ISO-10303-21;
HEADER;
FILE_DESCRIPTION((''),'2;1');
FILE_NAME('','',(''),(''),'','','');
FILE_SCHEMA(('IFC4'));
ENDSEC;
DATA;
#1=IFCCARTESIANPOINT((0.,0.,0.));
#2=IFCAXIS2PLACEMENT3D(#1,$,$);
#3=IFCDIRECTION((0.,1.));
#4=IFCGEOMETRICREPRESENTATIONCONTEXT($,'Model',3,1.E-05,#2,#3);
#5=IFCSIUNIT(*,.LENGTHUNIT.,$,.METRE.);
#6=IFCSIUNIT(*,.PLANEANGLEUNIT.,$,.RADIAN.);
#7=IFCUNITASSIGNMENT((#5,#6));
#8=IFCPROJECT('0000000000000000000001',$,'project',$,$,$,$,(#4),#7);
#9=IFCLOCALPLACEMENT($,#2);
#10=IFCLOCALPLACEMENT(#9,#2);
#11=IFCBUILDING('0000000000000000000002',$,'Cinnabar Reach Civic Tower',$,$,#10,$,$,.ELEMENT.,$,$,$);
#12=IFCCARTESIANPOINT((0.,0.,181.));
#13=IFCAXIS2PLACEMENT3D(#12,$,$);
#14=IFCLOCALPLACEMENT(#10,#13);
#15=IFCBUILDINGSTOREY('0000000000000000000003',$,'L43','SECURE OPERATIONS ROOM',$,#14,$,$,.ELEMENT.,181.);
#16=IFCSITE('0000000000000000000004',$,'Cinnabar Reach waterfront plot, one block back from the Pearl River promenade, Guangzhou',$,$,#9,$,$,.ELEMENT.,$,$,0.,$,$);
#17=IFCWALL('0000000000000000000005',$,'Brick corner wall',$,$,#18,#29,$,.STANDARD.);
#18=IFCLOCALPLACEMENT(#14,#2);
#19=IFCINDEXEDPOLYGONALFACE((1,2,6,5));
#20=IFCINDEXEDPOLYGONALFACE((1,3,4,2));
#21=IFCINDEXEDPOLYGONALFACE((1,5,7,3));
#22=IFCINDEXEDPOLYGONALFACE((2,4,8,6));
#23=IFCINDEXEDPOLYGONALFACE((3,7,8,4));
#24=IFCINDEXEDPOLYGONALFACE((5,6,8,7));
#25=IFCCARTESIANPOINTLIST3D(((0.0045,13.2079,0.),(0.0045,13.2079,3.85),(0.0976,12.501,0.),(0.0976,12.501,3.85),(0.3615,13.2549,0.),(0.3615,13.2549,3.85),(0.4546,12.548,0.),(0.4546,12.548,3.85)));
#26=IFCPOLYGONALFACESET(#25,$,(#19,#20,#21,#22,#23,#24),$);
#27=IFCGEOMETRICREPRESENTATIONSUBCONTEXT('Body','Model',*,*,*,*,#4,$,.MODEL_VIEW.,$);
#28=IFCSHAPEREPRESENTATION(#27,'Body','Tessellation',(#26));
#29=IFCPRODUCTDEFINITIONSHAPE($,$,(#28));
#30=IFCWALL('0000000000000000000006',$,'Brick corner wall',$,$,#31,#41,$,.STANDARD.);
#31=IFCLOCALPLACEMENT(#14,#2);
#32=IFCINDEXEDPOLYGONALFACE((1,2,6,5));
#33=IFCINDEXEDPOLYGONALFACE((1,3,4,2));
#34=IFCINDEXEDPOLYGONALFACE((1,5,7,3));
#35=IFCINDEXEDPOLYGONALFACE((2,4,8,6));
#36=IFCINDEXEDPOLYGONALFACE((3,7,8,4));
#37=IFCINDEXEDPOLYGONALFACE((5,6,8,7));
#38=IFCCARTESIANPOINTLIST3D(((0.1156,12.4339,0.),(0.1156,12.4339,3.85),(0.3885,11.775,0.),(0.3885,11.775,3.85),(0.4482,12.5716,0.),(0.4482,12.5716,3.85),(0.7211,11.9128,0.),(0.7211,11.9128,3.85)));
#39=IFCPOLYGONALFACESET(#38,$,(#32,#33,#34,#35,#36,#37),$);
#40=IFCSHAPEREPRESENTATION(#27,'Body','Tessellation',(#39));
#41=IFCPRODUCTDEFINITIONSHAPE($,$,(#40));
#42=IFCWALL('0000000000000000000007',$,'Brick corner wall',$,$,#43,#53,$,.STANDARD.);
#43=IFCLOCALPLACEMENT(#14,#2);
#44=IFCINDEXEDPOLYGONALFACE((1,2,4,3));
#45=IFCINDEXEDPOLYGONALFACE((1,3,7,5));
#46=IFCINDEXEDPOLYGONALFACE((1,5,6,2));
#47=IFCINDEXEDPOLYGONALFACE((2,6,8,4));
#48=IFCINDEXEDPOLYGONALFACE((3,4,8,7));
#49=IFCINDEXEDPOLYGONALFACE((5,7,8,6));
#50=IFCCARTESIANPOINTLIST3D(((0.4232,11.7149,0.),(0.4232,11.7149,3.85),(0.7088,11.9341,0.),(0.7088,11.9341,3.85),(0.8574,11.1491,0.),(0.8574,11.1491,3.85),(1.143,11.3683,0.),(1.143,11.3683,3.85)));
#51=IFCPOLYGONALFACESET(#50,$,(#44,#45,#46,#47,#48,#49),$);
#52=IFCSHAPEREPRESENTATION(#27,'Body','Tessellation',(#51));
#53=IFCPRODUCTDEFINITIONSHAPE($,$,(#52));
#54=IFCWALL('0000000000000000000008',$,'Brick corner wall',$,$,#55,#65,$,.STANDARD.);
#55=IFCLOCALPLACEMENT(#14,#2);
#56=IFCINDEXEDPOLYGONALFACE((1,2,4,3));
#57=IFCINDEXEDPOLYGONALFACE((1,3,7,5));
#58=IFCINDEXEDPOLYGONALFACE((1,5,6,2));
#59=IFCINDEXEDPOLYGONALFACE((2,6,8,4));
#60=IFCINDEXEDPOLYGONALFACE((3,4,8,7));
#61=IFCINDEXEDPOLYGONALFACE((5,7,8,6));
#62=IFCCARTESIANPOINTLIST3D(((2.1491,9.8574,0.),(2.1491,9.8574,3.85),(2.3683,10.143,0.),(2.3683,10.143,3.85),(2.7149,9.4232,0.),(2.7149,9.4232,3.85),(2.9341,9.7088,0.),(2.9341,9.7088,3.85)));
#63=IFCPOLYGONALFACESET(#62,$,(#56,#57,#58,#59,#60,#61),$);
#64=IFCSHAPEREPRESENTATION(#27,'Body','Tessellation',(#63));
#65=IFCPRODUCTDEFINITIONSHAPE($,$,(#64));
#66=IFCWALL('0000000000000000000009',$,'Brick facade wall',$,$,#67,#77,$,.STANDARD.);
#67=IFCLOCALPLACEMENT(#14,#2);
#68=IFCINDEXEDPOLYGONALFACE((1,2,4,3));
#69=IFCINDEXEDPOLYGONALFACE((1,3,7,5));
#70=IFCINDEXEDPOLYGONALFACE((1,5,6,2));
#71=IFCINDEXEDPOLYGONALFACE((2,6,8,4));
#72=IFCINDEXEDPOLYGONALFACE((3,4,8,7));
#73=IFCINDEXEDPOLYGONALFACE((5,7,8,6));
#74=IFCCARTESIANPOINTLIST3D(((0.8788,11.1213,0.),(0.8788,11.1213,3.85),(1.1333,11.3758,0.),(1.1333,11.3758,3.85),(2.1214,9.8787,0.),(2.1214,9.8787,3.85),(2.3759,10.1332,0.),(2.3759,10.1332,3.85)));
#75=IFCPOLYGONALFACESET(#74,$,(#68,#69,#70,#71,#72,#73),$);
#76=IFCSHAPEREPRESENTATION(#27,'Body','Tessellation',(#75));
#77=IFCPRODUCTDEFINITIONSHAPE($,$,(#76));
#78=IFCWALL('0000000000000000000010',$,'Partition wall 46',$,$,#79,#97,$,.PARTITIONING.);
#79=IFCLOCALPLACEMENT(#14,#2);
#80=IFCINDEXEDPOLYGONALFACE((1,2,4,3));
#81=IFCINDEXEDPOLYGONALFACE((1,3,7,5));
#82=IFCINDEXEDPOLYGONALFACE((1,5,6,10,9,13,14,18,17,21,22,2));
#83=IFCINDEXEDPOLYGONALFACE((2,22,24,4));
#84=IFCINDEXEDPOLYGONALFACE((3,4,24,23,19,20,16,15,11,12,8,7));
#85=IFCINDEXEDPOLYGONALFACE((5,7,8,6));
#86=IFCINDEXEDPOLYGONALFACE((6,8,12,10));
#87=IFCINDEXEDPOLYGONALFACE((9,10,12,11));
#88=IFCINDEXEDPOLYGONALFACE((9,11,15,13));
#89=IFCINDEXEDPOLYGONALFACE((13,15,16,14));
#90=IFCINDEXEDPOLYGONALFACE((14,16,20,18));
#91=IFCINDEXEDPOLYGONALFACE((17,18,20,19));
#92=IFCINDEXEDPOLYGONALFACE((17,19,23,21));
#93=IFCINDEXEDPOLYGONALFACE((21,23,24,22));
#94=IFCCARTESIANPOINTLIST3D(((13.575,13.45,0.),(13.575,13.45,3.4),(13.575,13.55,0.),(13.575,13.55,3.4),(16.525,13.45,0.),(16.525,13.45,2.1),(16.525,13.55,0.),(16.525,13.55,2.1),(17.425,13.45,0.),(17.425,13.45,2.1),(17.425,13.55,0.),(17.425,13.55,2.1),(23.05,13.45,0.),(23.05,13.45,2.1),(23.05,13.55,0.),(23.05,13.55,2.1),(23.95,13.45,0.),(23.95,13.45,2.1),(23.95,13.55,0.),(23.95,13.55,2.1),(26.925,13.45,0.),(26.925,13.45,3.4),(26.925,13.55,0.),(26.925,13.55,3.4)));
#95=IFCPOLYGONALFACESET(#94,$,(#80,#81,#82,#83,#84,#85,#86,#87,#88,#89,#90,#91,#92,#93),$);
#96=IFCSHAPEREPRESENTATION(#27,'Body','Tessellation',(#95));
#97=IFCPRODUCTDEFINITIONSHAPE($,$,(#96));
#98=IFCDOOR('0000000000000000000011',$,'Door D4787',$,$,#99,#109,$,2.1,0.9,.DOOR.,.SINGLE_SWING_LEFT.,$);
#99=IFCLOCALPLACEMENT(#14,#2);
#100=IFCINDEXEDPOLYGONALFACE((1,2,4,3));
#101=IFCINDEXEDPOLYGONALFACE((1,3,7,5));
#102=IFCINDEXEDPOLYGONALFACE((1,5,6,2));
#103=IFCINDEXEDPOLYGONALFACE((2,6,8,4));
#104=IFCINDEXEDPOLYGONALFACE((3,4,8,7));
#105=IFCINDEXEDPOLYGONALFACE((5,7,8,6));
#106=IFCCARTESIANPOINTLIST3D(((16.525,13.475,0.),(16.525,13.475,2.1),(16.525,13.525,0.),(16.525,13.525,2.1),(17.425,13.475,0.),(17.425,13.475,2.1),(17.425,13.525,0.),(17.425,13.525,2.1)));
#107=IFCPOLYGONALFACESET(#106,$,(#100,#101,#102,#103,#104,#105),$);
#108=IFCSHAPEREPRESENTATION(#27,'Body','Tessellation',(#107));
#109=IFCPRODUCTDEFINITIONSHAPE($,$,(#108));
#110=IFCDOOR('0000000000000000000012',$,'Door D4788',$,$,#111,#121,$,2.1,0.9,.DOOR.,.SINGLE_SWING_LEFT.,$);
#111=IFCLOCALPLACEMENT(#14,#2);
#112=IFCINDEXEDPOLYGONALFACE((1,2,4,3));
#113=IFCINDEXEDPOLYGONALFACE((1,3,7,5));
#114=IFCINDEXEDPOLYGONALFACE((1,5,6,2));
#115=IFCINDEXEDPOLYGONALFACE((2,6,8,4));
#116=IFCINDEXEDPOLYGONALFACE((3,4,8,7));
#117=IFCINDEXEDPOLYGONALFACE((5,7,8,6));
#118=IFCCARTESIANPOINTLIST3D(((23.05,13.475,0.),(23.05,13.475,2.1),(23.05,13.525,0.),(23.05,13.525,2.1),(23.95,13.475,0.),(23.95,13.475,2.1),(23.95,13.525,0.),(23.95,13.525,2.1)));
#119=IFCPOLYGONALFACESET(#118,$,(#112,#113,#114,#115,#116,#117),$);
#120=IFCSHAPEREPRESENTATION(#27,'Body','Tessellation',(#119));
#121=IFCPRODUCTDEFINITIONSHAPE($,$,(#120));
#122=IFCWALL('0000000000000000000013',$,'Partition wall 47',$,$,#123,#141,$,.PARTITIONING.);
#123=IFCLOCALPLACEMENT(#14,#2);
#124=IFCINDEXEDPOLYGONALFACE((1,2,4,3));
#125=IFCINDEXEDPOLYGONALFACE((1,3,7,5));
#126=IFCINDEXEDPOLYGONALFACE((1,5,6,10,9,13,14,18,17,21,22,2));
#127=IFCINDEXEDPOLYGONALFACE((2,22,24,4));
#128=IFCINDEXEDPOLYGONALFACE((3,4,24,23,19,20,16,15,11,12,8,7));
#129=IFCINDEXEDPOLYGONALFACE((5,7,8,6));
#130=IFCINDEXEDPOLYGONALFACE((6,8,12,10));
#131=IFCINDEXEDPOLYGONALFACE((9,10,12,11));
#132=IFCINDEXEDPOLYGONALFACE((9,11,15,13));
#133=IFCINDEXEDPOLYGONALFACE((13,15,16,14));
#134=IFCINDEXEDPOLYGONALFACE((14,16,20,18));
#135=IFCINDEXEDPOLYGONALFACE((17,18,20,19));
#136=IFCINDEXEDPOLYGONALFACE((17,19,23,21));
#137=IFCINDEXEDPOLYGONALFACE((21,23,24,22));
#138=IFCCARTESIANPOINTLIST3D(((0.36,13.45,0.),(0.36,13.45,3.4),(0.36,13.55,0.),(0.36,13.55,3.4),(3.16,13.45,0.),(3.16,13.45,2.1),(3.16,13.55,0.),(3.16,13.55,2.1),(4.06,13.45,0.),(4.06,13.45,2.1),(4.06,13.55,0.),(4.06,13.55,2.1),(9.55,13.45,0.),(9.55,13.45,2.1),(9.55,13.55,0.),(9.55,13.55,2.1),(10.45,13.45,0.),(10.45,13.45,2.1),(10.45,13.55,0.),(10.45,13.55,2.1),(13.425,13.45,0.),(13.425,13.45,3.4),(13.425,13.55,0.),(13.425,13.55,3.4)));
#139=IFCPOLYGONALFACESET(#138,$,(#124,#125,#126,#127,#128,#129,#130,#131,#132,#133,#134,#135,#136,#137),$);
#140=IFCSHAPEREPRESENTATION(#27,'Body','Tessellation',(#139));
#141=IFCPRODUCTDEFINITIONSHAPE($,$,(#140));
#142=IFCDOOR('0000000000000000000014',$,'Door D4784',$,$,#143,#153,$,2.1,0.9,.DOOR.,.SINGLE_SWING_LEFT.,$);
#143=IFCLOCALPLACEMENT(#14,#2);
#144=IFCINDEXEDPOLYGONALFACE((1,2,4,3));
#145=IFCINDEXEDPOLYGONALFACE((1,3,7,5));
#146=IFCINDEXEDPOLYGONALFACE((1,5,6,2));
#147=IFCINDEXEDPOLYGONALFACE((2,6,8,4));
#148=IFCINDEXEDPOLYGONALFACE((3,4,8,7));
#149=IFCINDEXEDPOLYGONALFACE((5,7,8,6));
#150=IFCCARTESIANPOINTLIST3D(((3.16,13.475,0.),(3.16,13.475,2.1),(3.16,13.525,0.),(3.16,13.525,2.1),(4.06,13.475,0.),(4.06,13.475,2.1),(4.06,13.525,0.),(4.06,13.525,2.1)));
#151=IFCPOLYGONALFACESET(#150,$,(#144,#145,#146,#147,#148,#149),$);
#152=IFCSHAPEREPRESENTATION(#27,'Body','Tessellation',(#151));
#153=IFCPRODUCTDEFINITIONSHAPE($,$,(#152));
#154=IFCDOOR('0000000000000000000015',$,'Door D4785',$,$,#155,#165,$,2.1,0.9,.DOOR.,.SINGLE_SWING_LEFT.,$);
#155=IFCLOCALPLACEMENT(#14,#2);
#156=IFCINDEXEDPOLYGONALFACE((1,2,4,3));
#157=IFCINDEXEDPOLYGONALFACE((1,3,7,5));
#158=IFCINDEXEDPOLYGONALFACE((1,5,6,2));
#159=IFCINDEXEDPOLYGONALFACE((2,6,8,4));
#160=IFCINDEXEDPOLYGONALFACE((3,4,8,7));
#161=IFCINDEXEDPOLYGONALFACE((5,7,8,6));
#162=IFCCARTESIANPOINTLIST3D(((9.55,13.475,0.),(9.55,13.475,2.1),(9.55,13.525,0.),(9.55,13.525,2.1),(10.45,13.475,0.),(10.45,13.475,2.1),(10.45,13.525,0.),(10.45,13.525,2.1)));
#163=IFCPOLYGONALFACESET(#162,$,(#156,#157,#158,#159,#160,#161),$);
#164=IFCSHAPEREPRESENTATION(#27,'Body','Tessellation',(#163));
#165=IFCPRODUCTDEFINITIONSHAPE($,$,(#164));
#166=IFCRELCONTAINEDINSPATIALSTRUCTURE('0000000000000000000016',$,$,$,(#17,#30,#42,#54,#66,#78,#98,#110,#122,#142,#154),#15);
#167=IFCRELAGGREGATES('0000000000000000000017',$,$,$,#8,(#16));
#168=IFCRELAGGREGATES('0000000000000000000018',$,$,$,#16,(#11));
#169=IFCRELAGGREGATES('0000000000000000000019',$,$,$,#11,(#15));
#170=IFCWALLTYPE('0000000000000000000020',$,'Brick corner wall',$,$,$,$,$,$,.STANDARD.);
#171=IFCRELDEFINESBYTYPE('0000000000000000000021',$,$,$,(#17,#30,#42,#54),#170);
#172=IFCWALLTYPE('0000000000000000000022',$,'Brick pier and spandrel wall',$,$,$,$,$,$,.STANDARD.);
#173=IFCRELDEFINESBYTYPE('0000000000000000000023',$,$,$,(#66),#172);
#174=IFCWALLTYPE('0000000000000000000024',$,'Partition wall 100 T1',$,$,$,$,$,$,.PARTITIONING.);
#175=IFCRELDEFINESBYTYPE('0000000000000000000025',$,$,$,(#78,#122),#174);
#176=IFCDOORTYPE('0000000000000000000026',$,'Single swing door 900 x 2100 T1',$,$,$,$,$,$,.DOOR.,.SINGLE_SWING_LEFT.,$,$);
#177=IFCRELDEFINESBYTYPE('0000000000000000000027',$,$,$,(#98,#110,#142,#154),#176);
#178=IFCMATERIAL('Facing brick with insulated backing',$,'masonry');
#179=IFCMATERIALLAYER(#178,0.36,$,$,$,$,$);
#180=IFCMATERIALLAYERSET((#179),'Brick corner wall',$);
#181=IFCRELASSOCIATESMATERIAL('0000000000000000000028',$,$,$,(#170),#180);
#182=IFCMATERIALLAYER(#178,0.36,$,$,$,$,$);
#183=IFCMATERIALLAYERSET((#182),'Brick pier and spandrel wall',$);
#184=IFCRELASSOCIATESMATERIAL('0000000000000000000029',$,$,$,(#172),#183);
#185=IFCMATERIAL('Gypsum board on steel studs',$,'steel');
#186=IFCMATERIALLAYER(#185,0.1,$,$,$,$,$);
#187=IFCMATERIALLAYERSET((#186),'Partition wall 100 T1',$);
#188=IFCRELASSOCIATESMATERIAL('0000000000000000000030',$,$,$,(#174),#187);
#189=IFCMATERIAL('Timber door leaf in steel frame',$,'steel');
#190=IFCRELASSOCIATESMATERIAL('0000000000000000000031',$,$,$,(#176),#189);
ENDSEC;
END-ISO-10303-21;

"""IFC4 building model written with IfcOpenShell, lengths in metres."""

from ifc_helpers import new_model, si_unit, direction, frame, frame_2d, origin, place, context, subcontext, project, spatial, rectangle, extrude, material, layer, layer_set, type_object, element, fill, save


model = new_model("IFC4")

# Units and contexts
model_context = context("Model", 3, precision=1e-05, world=origin(), true_north=direction((0.0, 1.0)))
body_context = subcontext(model_context, "Body", "Model", "MODEL_VIEW")
ifc_project = project(units=[si_unit("LENGTHUNIT", "METRE"), si_unit("PLANEANGLEUNIT", "RADIAN")], contexts=[model_context])

# Site, building, storey
site_placement = place(None, origin())
site = spatial("IfcSite", under=ifc_project, at=site_placement, Name="Cinnabar Reach waterfront plot, one block back from the Pearl River promenade, Guangzhou", CompositionType="ELEMENT", RefElevation=0.0)
building_placement = place(site_placement, origin())
building = spatial("IfcBuilding", under=site, at=building_placement, Name="Cinnabar Reach Civic Tower", CompositionType="ELEMENT")
storey_placement = place(building_placement, frame((0.0, 0.0, 181.0)))
storey = spatial("IfcBuildingStorey", under=building, at=storey_placement, Name="L43", Description="SECURE OPERATIONS ROOM", CompositionType="ELEMENT", Elevation=181.0)

# Walls
ifc_material_1 = material(Name="Facing brick with insulated backing", Category="masonry")
ifc_layer_1 = layer(ifc_material_1, 0.36)
ifc_layer_set_1 = layer_set([ifc_layer_1], Name="Brick corner wall")
wall_type_1 = type_object("IfcWallType", Name="Brick corner wall", PredefinedType="STANDARD", material=ifc_layer_set_1)
for number, where, z_axis, x_axis, name in (
    (1, (0.183, 13.2314, 0.0), (0.0, 0.0, 1.0), (0.130556, -0.991441, 0.0), "Brick corner wall"),
    (2, (0.2819, 12.5027, 0.0), (0.0, 0.0, 1.0), (0.382703, -0.923872, 0.0), "Brick corner wall"),
):
    element("IfcWall", number, at=place(storey_placement, frame(where, z_axis=z_axis, x_axis=x_axis)), inside=storey, type_object=wall_type_1, Name=name, PredefinedType="STANDARD", context=body_context, shape_type="SweptSolid", body=[
        extrude(rectangle(XDim=0.7131, YDim=0.36, at=frame_2d((0.3565, 0.0))), origin(), (0.0, 0.0, 1.0), 3.85),
    ])
for number, where, z_axis, x_axis, name in (
    (3, (0.566, 11.8245, 0.0), (0.0, 0.0, 1.0), (0.608802, -0.793322, 0.0), "Brick corner wall"),
    (4, (2.2587, 10.0002, 0.0), (0.0, 0.0, 1.0), (0.793322, -0.608802, 0.0), "Brick corner wall"),
):
    element("IfcWall", number, at=place(storey_placement, frame(where, z_axis=z_axis, x_axis=x_axis)), inside=storey, type_object=wall_type_1, Name=name, PredefinedType="STANDARD", context=body_context, shape_type="SweptSolid", body=[
        extrude(rectangle(XDim=0.7132, YDim=0.36, at=frame_2d((0.3566, 0.0))), origin(), (0.0, 0.0, 1.0), 3.85),
    ])
ifc_layer_2 = layer(ifc_material_1, 0.36)
ifc_layer_set_2 = layer_set([ifc_layer_2], Name="Brick pier and spandrel wall")
wall_type_2 = type_object("IfcWallType", Name="Brick pier and spandrel wall", PredefinedType="STANDARD", material=ifc_layer_set_2)
wall_1_placement = place(storey_placement, frame((1.006, 11.2486, 0.0), z_axis=(0.0, 0.0, 1.0), x_axis=(0.707107, -0.707107, 0.0)))
element("IfcWall", 5, at=wall_1_placement, inside=storey, type_object=wall_type_2, Name="Brick facade wall", PredefinedType="STANDARD", context=body_context, shape_type="SweptSolid", body=[
    extrude(rectangle(XDim=1.7573, YDim=0.36, at=frame_2d((0.8787, 0.0))), origin(), (0.0, 0.0, 1.0), 3.85),
])

# Walls, openings, doors
ifc_material_2 = material(Name="Gypsum board on steel studs", Category="steel")
ifc_layer_3 = layer(ifc_material_2, 0.1)
ifc_layer_set_3 = layer_set([ifc_layer_3], Name="Partition wall 100 T1")
wall_type_3 = type_object("IfcWallType", Name="Partition wall 100 T1", PredefinedType="PARTITIONING", material=ifc_layer_set_3)
wall_2_placement = place(storey_placement, frame((13.575, 13.5, 0.0), z_axis=(0.0, 0.0, 1.0), x_axis=(1.0, 0.0, 0.0)))
wall_2 = element("IfcWall", 6, at=wall_2_placement, inside=storey, type_object=wall_type_3, Name="Partition wall 46", PredefinedType="PARTITIONING", context=body_context, shape_type="SweptSolid", body=[
    extrude(rectangle(XDim=13.35, YDim=0.1, at=frame_2d((6.675, 0.0))), origin(), (0.0, 0.0, 1.0), 3.4),
])
opening_1_placement = place(wall_2_placement, frame((2.95, 0.0, 0.0)))
opening_1 = element("IfcOpeningElement", 7, at=opening_1_placement, cuts=wall_2, PredefinedType="OPENING", context=body_context, shape_type="SweptSolid", body=[
    extrude(rectangle(XDim=0.9, YDim=2.1, at=frame_2d((0.45, 1.05))), frame((0.0, 0.06, 0.0), z_axis=(0.0, -1.0, 0.0), x_axis=(1.0, 0.0, 0.0)), (0.0, 0.0, 1.0), 0.12),
])
opening_2_placement = place(wall_2_placement, frame((9.475, 0.0, 0.0)))
opening_2 = element("IfcOpeningElement", 8, at=opening_2_placement, cuts=wall_2, PredefinedType="OPENING", context=body_context, shape_type="SweptSolid", body=[
    extrude(rectangle(XDim=0.9, YDim=2.1, at=frame_2d((0.45, 1.05))), frame((0.0, 0.06, 0.0), z_axis=(0.0, -1.0, 0.0), x_axis=(1.0, 0.0, 0.0)), (0.0, 0.0, 1.0), 0.12),
])
ifc_material_3 = material(Name="Timber door leaf in steel frame", Category="steel")
door_type = type_object("IfcDoorType", Name="Single swing door 900 x 2100 T1", OperationType="SINGLE_SWING_LEFT", PredefinedType="DOOR", material=ifc_material_3)
door_1_placement = place(opening_1_placement, frame((0.9, 0.0, 0.0), z_axis=(0.0, 0.0, 1.0), x_axis=(-1.0, 0.0, 0.0)))
door_1 = element("IfcDoor", 9, at=door_1_placement, inside=storey, type_object=door_type, Name="Door D4787", OperationType="SINGLE_SWING_LEFT", OverallHeight=2.1, OverallWidth=0.9, PredefinedType="DOOR", context=body_context, shape_type="SweptSolid", body=[
    extrude(rectangle(XDim=0.9, YDim=2.1, at=frame_2d((0.45, 1.05))), frame((0.0, 0.025, 0.0), z_axis=(0.0, -1.0, 0.0), x_axis=(1.0, 0.0, 0.0)), (0.0, 0.0, 1.0), 0.05),
])
fill(opening_1, door_1)
door_2_placement = place(opening_2_placement, frame((0.9, 0.0, 0.0), z_axis=(0.0, 0.0, 1.0), x_axis=(-1.0, 0.0, 0.0)))
door_2 = element("IfcDoor", 10, at=door_2_placement, inside=storey, type_object=door_type, Name="Door D4788", OperationType="SINGLE_SWING_LEFT", OverallHeight=2.1, OverallWidth=0.9, PredefinedType="DOOR", context=body_context, shape_type="SweptSolid", body=[
    extrude(rectangle(XDim=0.9, YDim=2.1, at=frame_2d((0.45, 1.05))), frame((0.0, 0.025, 0.0), z_axis=(0.0, -1.0, 0.0), x_axis=(1.0, 0.0, 0.0)), (0.0, 0.0, 1.0), 0.05),
])
fill(opening_2, door_2)
wall_3_placement = place(storey_placement, frame((0.36, 13.5, 0.0), z_axis=(0.0, 0.0, 1.0), x_axis=(1.0, 0.0, 0.0)))
wall_3 = element("IfcWall", 11, at=wall_3_placement, inside=storey, type_object=wall_type_3, Name="Partition wall 47", PredefinedType="PARTITIONING", context=body_context, shape_type="SweptSolid", body=[
    extrude(rectangle(XDim=13.065, YDim=0.1, at=frame_2d((6.5325, 0.0))), origin(), (0.0, 0.0, 1.0), 3.4),
])
opening_3_placement = place(wall_3_placement, frame((2.8, 0.0, 0.0)))
opening_3 = element("IfcOpeningElement", 12, at=opening_3_placement, cuts=wall_3, PredefinedType="OPENING", context=body_context, shape_type="SweptSolid", body=[
    extrude(rectangle(XDim=0.9, YDim=2.1, at=frame_2d((0.45, 1.05))), frame((0.0, 0.06, 0.0), z_axis=(0.0, -1.0, 0.0), x_axis=(1.0, 0.0, 0.0)), (0.0, 0.0, 1.0), 0.12),
])
opening_4_placement = place(wall_3_placement, frame((9.19, 0.0, 0.0)))
opening_4 = element("IfcOpeningElement", 13, at=opening_4_placement, cuts=wall_3, PredefinedType="OPENING", context=body_context, shape_type="SweptSolid", body=[
    extrude(rectangle(XDim=0.9, YDim=2.1, at=frame_2d((0.45, 1.05))), frame((0.0, 0.06, 0.0), z_axis=(0.0, -1.0, 0.0), x_axis=(1.0, 0.0, 0.0)), (0.0, 0.0, 1.0), 0.12),
])
door_3_placement = place(opening_3_placement, frame((0.9, 0.0, 0.0), z_axis=(0.0, 0.0, 1.0), x_axis=(-1.0, 0.0, 0.0)))
door_3 = element("IfcDoor", 14, at=door_3_placement, inside=storey, type_object=door_type, Name="Door D4784", OperationType="SINGLE_SWING_LEFT", OverallHeight=2.1, OverallWidth=0.9, PredefinedType="DOOR", context=body_context, shape_type="SweptSolid", body=[
    extrude(rectangle(XDim=0.9, YDim=2.1, at=frame_2d((0.45, 1.05))), frame((0.0, 0.025, 0.0), z_axis=(0.0, -1.0, 0.0), x_axis=(1.0, 0.0, 0.0)), (0.0, 0.0, 1.0), 0.05),
])
fill(opening_3, door_3)
door_4_placement = place(opening_4_placement, frame((0.9, 0.0, 0.0), z_axis=(0.0, 0.0, 1.0), x_axis=(-1.0, 0.0, 0.0)))
door_4 = element("IfcDoor", 15, at=door_4_placement, inside=storey, type_object=door_type, Name="Door D4785", OperationType="SINGLE_SWING_LEFT", OverallHeight=2.1, OverallWidth=0.9, PredefinedType="DOOR", context=body_context, shape_type="SweptSolid", body=[
    extrude(rectangle(XDim=0.9, YDim=2.1, at=frame_2d((0.45, 1.05))), frame((0.0, 0.025, 0.0), z_axis=(0.0, -1.0, 0.0), x_axis=(1.0, 0.0, 0.0)), (0.0, 0.0, 1.0), 0.05),
])
fill(opening_4, door_4)

save(model, "model.ifc")
